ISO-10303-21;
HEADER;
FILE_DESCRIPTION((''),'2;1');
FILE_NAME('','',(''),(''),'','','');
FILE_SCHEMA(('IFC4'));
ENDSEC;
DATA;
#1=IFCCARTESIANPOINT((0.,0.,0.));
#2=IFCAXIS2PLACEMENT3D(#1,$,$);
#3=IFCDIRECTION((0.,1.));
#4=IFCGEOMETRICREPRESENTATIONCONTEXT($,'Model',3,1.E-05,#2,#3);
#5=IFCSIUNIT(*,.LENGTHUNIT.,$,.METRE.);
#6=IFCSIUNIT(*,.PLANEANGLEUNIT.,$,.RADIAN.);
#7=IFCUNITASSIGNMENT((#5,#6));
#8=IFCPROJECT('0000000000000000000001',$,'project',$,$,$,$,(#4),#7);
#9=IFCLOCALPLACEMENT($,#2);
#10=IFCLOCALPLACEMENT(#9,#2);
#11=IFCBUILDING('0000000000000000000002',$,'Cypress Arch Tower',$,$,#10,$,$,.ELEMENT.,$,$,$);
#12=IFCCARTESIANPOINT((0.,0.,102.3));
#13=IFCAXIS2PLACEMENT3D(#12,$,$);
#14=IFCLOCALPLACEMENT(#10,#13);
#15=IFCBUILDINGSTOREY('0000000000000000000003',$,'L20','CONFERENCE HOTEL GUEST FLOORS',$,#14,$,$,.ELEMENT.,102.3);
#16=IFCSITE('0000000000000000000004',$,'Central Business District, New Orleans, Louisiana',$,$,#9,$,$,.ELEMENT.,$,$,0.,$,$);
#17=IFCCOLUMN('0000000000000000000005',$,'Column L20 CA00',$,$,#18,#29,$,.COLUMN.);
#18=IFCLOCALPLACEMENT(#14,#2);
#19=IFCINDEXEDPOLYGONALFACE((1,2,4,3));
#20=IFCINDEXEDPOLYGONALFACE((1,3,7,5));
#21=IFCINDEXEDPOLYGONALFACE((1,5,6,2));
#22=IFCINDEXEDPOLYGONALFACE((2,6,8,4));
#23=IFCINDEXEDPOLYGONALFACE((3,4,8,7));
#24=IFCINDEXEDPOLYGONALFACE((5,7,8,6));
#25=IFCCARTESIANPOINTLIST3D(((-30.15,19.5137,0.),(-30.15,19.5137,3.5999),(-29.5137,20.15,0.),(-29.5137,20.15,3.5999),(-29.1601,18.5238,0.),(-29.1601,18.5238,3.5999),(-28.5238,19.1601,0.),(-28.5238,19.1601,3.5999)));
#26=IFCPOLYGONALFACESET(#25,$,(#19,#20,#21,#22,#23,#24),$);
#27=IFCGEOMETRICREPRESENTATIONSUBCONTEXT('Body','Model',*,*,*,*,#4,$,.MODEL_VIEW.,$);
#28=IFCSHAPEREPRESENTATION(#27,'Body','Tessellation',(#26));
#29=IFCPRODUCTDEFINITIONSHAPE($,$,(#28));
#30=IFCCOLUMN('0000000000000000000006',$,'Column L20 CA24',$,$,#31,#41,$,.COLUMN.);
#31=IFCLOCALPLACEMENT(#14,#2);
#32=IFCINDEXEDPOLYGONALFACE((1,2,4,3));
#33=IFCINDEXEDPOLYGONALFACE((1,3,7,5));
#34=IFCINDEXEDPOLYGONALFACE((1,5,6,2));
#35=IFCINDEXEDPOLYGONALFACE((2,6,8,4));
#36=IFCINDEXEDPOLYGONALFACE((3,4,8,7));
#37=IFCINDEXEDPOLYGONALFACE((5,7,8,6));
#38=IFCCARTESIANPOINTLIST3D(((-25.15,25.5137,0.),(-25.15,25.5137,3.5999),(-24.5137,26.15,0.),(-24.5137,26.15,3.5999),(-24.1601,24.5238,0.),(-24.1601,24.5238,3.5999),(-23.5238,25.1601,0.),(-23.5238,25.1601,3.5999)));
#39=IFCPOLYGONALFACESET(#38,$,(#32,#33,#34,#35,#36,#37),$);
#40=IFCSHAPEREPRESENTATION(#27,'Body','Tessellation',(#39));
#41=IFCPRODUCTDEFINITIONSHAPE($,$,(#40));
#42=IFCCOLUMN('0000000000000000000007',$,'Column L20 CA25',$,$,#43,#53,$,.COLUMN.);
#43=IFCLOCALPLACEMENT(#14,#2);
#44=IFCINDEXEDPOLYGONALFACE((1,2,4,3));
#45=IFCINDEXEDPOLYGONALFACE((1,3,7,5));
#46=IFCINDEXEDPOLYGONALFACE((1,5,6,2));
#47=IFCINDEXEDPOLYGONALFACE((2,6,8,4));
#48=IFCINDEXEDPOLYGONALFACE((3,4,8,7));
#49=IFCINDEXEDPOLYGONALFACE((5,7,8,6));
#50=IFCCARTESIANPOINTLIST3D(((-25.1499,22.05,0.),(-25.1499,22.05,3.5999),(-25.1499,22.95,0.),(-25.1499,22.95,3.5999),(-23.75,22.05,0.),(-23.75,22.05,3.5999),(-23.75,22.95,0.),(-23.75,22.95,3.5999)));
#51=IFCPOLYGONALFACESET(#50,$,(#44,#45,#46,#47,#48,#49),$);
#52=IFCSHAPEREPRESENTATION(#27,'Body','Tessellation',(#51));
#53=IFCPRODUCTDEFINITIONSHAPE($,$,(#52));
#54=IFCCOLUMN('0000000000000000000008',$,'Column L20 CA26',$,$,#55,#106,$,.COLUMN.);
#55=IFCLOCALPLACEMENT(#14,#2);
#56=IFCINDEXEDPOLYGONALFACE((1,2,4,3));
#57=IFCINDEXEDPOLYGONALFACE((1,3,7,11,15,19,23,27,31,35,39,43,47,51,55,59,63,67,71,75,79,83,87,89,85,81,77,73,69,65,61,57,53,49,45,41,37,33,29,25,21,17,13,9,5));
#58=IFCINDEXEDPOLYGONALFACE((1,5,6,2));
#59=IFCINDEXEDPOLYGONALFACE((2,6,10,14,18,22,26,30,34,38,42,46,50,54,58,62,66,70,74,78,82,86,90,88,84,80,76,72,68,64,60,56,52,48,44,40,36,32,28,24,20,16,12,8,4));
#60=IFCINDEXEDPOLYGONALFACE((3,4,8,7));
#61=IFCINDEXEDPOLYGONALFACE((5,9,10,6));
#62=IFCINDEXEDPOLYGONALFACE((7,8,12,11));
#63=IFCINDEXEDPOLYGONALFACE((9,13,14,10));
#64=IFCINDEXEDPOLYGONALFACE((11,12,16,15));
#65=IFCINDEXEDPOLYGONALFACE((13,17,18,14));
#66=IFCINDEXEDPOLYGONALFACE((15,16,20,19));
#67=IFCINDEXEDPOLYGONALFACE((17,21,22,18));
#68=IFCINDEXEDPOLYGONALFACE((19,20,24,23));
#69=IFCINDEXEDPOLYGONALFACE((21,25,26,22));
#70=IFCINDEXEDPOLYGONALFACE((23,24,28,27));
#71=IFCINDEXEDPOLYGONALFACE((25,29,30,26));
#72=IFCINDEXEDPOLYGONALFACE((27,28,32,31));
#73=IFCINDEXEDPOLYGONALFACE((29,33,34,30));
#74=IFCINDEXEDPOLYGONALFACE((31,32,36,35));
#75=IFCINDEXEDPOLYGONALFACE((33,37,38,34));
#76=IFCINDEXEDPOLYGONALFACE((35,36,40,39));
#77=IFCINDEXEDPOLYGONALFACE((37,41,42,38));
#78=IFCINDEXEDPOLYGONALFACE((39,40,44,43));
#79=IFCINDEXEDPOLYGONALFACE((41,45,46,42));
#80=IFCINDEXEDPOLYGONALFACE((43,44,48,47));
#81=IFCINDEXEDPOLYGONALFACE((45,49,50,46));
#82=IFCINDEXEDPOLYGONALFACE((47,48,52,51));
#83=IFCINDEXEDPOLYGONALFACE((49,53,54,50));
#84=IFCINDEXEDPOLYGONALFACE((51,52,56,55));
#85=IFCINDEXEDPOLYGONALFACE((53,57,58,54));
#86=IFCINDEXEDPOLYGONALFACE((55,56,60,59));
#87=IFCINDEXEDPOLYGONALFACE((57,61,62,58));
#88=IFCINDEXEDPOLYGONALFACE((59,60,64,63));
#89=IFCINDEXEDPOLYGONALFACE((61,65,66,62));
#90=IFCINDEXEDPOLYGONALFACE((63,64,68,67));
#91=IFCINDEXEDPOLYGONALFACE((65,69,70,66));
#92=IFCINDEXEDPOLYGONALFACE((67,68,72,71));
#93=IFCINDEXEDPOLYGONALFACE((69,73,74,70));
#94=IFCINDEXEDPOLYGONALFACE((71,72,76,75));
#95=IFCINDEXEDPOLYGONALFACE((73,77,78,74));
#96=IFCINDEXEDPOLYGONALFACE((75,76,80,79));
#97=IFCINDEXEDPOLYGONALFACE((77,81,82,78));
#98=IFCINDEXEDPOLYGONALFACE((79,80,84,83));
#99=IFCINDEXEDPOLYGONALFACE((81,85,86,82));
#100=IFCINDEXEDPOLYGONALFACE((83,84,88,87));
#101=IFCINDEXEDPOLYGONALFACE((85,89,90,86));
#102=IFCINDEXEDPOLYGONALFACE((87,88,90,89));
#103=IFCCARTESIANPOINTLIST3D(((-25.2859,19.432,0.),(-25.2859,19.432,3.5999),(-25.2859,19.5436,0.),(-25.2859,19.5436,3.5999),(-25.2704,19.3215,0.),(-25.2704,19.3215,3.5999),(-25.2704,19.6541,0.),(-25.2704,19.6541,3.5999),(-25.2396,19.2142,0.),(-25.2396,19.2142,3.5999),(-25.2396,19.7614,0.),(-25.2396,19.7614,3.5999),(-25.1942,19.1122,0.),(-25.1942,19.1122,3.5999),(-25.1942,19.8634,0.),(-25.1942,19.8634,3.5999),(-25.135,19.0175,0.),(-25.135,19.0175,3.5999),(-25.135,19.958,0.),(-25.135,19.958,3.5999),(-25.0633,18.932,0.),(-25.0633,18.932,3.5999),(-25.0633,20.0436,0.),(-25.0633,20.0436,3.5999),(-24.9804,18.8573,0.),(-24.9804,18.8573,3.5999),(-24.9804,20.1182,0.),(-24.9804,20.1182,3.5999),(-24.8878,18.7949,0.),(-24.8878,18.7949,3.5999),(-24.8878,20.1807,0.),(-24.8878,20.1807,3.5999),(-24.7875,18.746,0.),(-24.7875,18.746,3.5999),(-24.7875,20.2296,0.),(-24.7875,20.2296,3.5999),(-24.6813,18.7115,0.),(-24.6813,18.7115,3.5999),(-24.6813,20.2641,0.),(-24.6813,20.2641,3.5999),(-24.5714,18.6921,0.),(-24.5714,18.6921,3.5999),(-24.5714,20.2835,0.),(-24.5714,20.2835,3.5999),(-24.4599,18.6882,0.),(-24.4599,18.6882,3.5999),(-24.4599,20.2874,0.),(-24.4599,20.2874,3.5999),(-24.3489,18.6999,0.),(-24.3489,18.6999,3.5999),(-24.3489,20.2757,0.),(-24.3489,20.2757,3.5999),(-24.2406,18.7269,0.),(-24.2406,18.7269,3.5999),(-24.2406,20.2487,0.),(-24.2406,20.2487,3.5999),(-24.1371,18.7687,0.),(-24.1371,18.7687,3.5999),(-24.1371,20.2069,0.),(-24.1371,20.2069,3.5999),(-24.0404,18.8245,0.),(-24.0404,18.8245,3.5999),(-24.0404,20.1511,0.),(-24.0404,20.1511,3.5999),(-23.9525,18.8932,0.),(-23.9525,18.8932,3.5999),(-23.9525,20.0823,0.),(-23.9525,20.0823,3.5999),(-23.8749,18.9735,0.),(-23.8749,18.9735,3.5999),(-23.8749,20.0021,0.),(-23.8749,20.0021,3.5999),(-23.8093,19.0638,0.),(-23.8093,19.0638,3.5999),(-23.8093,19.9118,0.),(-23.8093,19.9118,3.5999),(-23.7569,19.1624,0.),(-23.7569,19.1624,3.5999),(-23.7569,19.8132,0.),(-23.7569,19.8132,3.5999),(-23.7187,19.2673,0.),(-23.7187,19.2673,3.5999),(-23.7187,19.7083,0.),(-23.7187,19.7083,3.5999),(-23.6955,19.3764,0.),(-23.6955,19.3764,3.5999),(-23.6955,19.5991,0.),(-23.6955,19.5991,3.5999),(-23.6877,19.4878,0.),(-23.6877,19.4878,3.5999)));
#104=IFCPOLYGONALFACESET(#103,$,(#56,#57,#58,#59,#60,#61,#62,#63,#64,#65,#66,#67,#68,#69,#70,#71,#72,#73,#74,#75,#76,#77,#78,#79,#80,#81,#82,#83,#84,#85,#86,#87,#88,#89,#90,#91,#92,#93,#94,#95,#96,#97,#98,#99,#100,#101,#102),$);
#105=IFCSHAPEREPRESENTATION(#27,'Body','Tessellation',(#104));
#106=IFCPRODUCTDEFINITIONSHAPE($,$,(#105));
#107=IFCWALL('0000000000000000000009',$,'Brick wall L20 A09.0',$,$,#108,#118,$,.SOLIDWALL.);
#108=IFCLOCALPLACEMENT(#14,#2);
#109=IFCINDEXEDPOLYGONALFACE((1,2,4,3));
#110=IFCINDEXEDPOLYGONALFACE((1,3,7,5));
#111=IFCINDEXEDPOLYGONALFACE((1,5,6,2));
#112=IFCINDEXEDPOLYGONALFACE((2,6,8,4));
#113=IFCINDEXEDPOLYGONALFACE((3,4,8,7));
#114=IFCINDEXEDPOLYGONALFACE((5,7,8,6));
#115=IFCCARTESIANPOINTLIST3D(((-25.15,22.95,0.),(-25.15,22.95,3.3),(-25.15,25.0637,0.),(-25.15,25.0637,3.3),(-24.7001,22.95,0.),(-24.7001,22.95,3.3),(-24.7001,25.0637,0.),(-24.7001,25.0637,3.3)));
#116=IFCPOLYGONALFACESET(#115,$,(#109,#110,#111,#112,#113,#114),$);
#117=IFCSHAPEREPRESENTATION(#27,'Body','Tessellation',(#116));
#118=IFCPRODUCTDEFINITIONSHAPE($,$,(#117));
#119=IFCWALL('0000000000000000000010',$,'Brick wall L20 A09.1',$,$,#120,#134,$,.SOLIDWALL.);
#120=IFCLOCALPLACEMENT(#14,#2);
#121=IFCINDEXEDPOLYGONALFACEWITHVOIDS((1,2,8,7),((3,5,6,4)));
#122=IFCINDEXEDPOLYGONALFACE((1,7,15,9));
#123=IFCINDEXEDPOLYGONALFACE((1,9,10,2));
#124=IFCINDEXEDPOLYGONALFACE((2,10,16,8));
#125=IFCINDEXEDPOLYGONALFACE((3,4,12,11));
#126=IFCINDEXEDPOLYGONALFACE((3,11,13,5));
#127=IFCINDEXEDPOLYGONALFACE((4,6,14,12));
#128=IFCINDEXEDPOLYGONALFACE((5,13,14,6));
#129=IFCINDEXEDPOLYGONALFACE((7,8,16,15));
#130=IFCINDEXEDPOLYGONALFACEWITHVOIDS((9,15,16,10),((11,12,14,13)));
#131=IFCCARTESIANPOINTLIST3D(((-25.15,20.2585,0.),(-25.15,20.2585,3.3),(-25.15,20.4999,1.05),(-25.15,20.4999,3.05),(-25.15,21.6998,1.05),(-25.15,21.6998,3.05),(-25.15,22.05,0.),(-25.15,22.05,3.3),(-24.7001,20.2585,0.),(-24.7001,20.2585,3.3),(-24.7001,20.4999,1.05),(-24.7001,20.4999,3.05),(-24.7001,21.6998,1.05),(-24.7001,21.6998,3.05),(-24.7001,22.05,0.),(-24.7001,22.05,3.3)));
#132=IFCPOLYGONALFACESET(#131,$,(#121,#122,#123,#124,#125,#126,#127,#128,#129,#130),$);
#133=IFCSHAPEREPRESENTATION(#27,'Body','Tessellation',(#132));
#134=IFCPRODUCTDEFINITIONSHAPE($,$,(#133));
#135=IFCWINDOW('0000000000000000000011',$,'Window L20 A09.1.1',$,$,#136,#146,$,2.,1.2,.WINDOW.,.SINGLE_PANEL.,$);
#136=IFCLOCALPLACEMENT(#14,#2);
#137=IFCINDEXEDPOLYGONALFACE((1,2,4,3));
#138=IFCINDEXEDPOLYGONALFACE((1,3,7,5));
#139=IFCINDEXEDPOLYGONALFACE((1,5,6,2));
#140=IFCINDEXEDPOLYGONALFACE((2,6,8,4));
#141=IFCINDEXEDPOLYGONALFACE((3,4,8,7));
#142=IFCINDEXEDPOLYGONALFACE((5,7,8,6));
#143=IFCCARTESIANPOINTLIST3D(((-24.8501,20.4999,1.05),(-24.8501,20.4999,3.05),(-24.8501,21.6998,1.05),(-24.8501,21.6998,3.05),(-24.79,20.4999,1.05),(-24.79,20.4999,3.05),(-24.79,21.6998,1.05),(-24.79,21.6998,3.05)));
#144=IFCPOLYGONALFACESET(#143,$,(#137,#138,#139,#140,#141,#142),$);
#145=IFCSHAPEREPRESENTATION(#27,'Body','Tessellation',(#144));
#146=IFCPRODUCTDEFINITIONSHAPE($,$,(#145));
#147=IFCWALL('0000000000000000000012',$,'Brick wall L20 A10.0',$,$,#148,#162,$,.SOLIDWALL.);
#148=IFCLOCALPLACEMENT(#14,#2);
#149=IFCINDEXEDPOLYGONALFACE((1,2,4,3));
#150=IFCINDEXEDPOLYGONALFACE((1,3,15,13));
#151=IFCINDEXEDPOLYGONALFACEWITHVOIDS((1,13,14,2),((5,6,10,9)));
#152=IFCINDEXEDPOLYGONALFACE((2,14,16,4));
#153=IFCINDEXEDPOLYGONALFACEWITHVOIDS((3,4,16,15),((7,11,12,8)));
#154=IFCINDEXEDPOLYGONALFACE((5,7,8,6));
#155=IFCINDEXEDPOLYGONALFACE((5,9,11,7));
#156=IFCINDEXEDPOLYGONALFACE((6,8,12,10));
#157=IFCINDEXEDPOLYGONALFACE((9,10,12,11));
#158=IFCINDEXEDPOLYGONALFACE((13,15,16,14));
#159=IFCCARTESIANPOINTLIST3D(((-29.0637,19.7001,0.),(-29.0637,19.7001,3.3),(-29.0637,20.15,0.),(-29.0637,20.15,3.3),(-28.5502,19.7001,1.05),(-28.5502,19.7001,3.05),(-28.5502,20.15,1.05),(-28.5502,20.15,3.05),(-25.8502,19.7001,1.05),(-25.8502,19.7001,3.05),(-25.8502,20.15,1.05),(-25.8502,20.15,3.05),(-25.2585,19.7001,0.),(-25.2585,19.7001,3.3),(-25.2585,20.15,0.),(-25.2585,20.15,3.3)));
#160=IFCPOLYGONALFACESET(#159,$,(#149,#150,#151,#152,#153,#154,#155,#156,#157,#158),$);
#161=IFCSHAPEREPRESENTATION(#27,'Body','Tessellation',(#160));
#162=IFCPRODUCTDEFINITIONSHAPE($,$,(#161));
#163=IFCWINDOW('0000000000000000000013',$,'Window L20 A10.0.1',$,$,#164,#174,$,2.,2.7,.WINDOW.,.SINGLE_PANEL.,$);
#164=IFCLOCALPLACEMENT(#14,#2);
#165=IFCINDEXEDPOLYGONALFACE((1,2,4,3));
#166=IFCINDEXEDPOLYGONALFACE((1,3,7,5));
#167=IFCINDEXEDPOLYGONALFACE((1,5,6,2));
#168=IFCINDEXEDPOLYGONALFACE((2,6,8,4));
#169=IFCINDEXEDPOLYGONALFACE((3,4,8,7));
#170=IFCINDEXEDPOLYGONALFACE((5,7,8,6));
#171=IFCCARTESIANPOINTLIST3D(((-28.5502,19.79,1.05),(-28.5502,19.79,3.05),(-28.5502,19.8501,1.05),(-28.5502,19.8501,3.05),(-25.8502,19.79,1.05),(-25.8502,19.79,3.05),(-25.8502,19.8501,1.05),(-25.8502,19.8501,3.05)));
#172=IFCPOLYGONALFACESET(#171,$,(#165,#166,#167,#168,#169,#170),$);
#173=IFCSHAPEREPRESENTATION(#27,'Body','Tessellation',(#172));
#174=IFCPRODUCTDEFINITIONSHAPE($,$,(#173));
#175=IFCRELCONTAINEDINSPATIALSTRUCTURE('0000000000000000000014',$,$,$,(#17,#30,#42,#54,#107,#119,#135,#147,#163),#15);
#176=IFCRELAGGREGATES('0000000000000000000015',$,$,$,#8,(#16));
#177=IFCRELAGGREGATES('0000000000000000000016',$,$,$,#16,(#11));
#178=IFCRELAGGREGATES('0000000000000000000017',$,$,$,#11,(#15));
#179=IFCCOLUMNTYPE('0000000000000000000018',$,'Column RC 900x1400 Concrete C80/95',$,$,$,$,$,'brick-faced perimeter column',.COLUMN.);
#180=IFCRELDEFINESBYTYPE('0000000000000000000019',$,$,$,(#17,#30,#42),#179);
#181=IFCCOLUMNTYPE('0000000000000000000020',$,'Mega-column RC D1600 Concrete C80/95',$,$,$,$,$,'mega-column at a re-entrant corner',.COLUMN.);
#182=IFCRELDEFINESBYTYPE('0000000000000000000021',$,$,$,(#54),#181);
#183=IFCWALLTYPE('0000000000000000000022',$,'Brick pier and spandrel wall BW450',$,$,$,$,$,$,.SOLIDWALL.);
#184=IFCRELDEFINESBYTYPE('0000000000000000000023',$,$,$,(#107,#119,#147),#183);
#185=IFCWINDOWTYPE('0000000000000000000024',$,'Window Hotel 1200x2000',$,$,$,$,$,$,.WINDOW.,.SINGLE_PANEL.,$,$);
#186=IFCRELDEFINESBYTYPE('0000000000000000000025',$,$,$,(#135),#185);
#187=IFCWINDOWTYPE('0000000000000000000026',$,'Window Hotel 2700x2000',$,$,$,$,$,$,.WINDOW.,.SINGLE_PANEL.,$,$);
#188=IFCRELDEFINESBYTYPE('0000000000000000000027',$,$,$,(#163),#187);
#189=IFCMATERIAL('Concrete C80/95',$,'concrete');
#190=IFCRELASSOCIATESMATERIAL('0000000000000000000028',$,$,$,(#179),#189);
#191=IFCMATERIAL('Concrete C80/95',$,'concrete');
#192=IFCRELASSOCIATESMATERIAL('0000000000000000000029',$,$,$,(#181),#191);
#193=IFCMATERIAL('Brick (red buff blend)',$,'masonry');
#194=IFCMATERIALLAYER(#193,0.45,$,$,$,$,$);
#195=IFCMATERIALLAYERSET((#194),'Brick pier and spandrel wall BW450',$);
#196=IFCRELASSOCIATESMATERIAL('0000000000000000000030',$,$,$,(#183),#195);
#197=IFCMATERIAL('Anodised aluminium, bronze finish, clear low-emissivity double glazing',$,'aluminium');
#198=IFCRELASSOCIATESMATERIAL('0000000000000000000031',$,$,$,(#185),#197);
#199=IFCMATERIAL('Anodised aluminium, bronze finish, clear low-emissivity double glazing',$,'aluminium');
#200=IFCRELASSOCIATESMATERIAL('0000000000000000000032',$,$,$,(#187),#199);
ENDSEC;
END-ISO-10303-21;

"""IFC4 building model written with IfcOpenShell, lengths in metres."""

from ifc_helpers import new_model, si_unit, direction, frame, frame_2d, origin, origin_2d, place, context, subcontext, project, spatial, rectangle, circle, extrude, material, layer, layer_set, material_profile, profile_set, type_object, element, fill, save


model = new_model("IFC4")

# Units and contexts
model_context = context("Model", 3, precision=1e-05, world=origin(), true_north=direction((0.0, 1.0)))
body_context = subcontext(model_context, "Body", "Model", "MODEL_VIEW")
ifc_project = project(units=[si_unit("LENGTHUNIT", "METRE"), si_unit("PLANEANGLEUNIT", "RADIAN")], contexts=[model_context])

# Site, building, storey
site_placement = place(None, origin())
site = spatial("IfcSite", under=ifc_project, at=site_placement, Name="Central Business District, New Orleans, Louisiana", CompositionType="ELEMENT", RefElevation=0.0)
building_placement = place(site_placement, origin())
building = spatial("IfcBuilding", under=site, at=building_placement, Name="Cypress Arch Tower", CompositionType="ELEMENT")
storey_placement = place(building_placement, frame((0.0, 0.0, 102.3)))
storey = spatial("IfcBuildingStorey", under=building, at=storey_placement, Name="L20", Description="CONFERENCE HOTEL GUEST FLOORS", CompositionType="ELEMENT", Elevation=102.3)

# Columns
ifc_material_1 = material(Name="Concrete C80/95", Category="concrete")
ifc_material_profile_1 = material_profile(ifc_material_1, rectangle(XDim=0.8999, YDim=1.3999, at=origin_2d()), Name="RC 900x1400")
ifc_profile_set_1 = profile_set([ifc_material_profile_1], Name="Concrete C80/95")
column_type_1 = type_object("IfcColumnType", Name="Column RC 900x1400 Concrete C80/95", ElementType="brick-faced perimeter column", PredefinedType="COLUMN", material=ifc_profile_set_1)
for number, where, z_axis, x_axis, name in (
    (1, (-29.3369, 19.3369, 0.0), (0.0, 0.0, 1.0), (-0.707107, -0.707107, 0.0), "Column L20 CA00"),
    (2, (-24.3369, 25.3369, 0.0), (0.0, 0.0, 1.0), (-0.707107, -0.707107, 0.0), "Column L20 CA24"),
    (3, (-24.45, 22.5, 0.0), (0.0, 0.0, 1.0), (0.0, -1.0, 0.0), "Column L20 CA25"),
):
    element("IfcColumn", number, at=place(storey_placement, frame(where, z_axis=z_axis, x_axis=x_axis)), inside=storey, type_object=column_type_1, Name=name, PredefinedType="COLUMN", context=body_context, shape_type="SweptSolid", body=[
        extrude(rectangle(XDim=0.8999, YDim=1.3999, at=origin_2d()), origin(), (0.0, 0.0, 1.0), 3.5999),
    ])
ifc_material_2 = material(Name="Concrete C80/95", Category="concrete")
ifc_material_profile_2 = material_profile(ifc_material_2, circle(Radius=0.8, at=origin_2d()), Name="RC D1600")
ifc_profile_set_2 = profile_set([ifc_material_profile_2], Name="Concrete C80/95")
column_type_2 = type_object("IfcColumnType", Name="Mega-column RC D1600 Concrete C80/95", ElementType="mega-column at a re-entrant corner", PredefinedType="COLUMN", material=ifc_profile_set_2)
column_placement = place(storey_placement, frame((-24.4878, 19.4878, 0.0), z_axis=(0.0, 0.0, 1.0), x_axis=(1.0, 0.0, 0.0)))
element("IfcColumn", 4, at=column_placement, inside=storey, type_object=column_type_2, Name="Column L20 CA26", PredefinedType="COLUMN", context=body_context, shape_type="SweptSolid", body=[
    extrude(circle(Radius=0.8, at=origin_2d()), origin(), (0.0, 0.0, 1.0), 3.5999),
])

# Shared definitions
ifc_material_3 = material(Name="Brick (red buff blend)", Category="masonry")
ifc_layer_1 = layer(ifc_material_3, 0.45)
ifc_layer_set_1 = layer_set([ifc_layer_1], Name="Brick pier and spandrel wall BW450")
wall_type_1 = type_object("IfcWallType", Name="Brick pier and spandrel wall BW450", PredefinedType="SOLIDWALL", material=ifc_layer_set_1)

# Wall
wall_1_placement = place(storey_placement, frame((-24.925, 25.0637, 0.0), z_axis=(0.0, 0.0, 1.0), x_axis=(0.0, -1.0, 0.0)))
element("IfcWall", 5, at=wall_1_placement, inside=storey, type_object=wall_type_1, Name="Brick wall L20 A09.0", PredefinedType="SOLIDWALL", context=body_context, shape_type="SweptSolid", body=[
    extrude(rectangle(XDim=2.1138, YDim=0.45, at=frame_2d((1.0569, 0.0))), origin(), (0.0, 0.0, 1.0), 3.3),
])

# Walls, openings, windows
wall_2_placement = place(storey_placement, frame((-24.925, 22.05, 0.0), z_axis=(0.0, 0.0, 1.0), x_axis=(0.0, -1.0, 0.0)))
wall_2 = element("IfcWall", 6, at=wall_2_placement, inside=storey, type_object=wall_type_1, Name="Brick wall L20 A09.1", PredefinedType="SOLIDWALL", context=body_context, shape_type="SweptSolid", body=[
    extrude(rectangle(XDim=1.7915, YDim=0.45, at=frame_2d((0.8958, 0.0))), origin(), (0.0, 0.0, 1.0), 3.3),
])
opening_1_placement = place(wall_2_placement, frame((0.3501, 0.0, 1.05)))
opening_1 = element("IfcOpeningElement", 7, at=opening_1_placement, cuts=wall_2, PredefinedType="OPENING", context=body_context, shape_type="SweptSolid", body=[
    extrude(rectangle(XDim=1.2, YDim=2.0, at=frame_2d((0.6001, 1.0))), frame((0.0, 0.2349, 0.0), z_axis=(0.0, -1.0, 0.0), x_axis=(1.0, 0.0, 0.0)), (0.0, 0.0, 1.0), 0.47),
])
ifc_material_4 = material(Name="Anodised aluminium, bronze finish, clear low-emissivity double glazing", Category="aluminium")
window_type_1 = type_object("IfcWindowType", Name="Window Hotel 1200x2000", PartitioningType="SINGLE_PANEL", PredefinedType="WINDOW", material=ifc_material_4)
window_1_placement = place(opening_1_placement, origin())
window_1 = element("IfcWindow", 8, at=window_1_placement, inside=storey, type_object=window_type_1, Name="Window L20 A09.1.1", OverallHeight=2.0, OverallWidth=1.2, PartitioningType="SINGLE_PANEL", PredefinedType="WINDOW", context=body_context, shape_type="SweptSolid", body=[
    extrude(rectangle(XDim=1.2, YDim=2.0, at=frame_2d((0.6001, 1.0))), frame((0.0, 0.135, 0.0), z_axis=(0.0, -1.0, 0.0), x_axis=(1.0, 0.0, 0.0)), (0.0, 0.0, 1.0), 0.0601),
])
fill(opening_1, window_1)
wall_3_placement = place(storey_placement, frame((-25.2585, 19.925, 0.0), z_axis=(0.0, 0.0, 1.0), x_axis=(-1.0, 0.0, 0.0)))
wall_3 = element("IfcWall", 9, at=wall_3_placement, inside=storey, type_object=wall_type_1, Name="Brick wall L20 A10.0", PredefinedType="SOLIDWALL", context=body_context, shape_type="SweptSolid", body=[
    extrude(rectangle(XDim=3.8052, YDim=0.45, at=frame_2d((1.9026, 0.0))), origin(), (0.0, 0.0, 1.0), 3.3),
])
opening_2_placement = place(wall_3_placement, frame((0.5916, 0.0, 1.05)))
opening_2 = element("IfcOpeningElement", 10, at=opening_2_placement, cuts=wall_3, PredefinedType="OPENING", context=body_context, shape_type="SweptSolid", body=[
    extrude(rectangle(XDim=2.7, YDim=2.0, at=frame_2d((1.3501, 1.0))), frame((0.0, 0.2349, 0.0), z_axis=(0.0, -1.0, 0.0), x_axis=(1.0, 0.0, 0.0)), (0.0, 0.0, 1.0), 0.47),
])
ifc_material_5 = material(Name="Anodised aluminium, bronze finish, clear low-emissivity double glazing", Category="aluminium")
window_type_2 = type_object("IfcWindowType", Name="Window Hotel 2700x2000", PartitioningType="SINGLE_PANEL", PredefinedType="WINDOW", material=ifc_material_5)
window_2_placement = place(opening_2_placement, origin())
window_2 = element("IfcWindow", 11, at=window_2_placement, inside=storey, type_object=window_type_2, Name="Window L20 A10.0.1", OverallHeight=2.0, OverallWidth=2.7, PartitioningType="SINGLE_PANEL", PredefinedType="WINDOW", context=body_context, shape_type="SweptSolid", body=[
    extrude(rectangle(XDim=2.7, YDim=2.0, at=frame_2d((1.3501, 1.0))), frame((0.0, 0.135, 0.0), z_axis=(0.0, -1.0, 0.0), x_axis=(1.0, 0.0, 0.0)), (0.0, 0.0, 1.0), 0.0601),
])
fill(opening_2, window_2)

save(model, "model.ifc")
